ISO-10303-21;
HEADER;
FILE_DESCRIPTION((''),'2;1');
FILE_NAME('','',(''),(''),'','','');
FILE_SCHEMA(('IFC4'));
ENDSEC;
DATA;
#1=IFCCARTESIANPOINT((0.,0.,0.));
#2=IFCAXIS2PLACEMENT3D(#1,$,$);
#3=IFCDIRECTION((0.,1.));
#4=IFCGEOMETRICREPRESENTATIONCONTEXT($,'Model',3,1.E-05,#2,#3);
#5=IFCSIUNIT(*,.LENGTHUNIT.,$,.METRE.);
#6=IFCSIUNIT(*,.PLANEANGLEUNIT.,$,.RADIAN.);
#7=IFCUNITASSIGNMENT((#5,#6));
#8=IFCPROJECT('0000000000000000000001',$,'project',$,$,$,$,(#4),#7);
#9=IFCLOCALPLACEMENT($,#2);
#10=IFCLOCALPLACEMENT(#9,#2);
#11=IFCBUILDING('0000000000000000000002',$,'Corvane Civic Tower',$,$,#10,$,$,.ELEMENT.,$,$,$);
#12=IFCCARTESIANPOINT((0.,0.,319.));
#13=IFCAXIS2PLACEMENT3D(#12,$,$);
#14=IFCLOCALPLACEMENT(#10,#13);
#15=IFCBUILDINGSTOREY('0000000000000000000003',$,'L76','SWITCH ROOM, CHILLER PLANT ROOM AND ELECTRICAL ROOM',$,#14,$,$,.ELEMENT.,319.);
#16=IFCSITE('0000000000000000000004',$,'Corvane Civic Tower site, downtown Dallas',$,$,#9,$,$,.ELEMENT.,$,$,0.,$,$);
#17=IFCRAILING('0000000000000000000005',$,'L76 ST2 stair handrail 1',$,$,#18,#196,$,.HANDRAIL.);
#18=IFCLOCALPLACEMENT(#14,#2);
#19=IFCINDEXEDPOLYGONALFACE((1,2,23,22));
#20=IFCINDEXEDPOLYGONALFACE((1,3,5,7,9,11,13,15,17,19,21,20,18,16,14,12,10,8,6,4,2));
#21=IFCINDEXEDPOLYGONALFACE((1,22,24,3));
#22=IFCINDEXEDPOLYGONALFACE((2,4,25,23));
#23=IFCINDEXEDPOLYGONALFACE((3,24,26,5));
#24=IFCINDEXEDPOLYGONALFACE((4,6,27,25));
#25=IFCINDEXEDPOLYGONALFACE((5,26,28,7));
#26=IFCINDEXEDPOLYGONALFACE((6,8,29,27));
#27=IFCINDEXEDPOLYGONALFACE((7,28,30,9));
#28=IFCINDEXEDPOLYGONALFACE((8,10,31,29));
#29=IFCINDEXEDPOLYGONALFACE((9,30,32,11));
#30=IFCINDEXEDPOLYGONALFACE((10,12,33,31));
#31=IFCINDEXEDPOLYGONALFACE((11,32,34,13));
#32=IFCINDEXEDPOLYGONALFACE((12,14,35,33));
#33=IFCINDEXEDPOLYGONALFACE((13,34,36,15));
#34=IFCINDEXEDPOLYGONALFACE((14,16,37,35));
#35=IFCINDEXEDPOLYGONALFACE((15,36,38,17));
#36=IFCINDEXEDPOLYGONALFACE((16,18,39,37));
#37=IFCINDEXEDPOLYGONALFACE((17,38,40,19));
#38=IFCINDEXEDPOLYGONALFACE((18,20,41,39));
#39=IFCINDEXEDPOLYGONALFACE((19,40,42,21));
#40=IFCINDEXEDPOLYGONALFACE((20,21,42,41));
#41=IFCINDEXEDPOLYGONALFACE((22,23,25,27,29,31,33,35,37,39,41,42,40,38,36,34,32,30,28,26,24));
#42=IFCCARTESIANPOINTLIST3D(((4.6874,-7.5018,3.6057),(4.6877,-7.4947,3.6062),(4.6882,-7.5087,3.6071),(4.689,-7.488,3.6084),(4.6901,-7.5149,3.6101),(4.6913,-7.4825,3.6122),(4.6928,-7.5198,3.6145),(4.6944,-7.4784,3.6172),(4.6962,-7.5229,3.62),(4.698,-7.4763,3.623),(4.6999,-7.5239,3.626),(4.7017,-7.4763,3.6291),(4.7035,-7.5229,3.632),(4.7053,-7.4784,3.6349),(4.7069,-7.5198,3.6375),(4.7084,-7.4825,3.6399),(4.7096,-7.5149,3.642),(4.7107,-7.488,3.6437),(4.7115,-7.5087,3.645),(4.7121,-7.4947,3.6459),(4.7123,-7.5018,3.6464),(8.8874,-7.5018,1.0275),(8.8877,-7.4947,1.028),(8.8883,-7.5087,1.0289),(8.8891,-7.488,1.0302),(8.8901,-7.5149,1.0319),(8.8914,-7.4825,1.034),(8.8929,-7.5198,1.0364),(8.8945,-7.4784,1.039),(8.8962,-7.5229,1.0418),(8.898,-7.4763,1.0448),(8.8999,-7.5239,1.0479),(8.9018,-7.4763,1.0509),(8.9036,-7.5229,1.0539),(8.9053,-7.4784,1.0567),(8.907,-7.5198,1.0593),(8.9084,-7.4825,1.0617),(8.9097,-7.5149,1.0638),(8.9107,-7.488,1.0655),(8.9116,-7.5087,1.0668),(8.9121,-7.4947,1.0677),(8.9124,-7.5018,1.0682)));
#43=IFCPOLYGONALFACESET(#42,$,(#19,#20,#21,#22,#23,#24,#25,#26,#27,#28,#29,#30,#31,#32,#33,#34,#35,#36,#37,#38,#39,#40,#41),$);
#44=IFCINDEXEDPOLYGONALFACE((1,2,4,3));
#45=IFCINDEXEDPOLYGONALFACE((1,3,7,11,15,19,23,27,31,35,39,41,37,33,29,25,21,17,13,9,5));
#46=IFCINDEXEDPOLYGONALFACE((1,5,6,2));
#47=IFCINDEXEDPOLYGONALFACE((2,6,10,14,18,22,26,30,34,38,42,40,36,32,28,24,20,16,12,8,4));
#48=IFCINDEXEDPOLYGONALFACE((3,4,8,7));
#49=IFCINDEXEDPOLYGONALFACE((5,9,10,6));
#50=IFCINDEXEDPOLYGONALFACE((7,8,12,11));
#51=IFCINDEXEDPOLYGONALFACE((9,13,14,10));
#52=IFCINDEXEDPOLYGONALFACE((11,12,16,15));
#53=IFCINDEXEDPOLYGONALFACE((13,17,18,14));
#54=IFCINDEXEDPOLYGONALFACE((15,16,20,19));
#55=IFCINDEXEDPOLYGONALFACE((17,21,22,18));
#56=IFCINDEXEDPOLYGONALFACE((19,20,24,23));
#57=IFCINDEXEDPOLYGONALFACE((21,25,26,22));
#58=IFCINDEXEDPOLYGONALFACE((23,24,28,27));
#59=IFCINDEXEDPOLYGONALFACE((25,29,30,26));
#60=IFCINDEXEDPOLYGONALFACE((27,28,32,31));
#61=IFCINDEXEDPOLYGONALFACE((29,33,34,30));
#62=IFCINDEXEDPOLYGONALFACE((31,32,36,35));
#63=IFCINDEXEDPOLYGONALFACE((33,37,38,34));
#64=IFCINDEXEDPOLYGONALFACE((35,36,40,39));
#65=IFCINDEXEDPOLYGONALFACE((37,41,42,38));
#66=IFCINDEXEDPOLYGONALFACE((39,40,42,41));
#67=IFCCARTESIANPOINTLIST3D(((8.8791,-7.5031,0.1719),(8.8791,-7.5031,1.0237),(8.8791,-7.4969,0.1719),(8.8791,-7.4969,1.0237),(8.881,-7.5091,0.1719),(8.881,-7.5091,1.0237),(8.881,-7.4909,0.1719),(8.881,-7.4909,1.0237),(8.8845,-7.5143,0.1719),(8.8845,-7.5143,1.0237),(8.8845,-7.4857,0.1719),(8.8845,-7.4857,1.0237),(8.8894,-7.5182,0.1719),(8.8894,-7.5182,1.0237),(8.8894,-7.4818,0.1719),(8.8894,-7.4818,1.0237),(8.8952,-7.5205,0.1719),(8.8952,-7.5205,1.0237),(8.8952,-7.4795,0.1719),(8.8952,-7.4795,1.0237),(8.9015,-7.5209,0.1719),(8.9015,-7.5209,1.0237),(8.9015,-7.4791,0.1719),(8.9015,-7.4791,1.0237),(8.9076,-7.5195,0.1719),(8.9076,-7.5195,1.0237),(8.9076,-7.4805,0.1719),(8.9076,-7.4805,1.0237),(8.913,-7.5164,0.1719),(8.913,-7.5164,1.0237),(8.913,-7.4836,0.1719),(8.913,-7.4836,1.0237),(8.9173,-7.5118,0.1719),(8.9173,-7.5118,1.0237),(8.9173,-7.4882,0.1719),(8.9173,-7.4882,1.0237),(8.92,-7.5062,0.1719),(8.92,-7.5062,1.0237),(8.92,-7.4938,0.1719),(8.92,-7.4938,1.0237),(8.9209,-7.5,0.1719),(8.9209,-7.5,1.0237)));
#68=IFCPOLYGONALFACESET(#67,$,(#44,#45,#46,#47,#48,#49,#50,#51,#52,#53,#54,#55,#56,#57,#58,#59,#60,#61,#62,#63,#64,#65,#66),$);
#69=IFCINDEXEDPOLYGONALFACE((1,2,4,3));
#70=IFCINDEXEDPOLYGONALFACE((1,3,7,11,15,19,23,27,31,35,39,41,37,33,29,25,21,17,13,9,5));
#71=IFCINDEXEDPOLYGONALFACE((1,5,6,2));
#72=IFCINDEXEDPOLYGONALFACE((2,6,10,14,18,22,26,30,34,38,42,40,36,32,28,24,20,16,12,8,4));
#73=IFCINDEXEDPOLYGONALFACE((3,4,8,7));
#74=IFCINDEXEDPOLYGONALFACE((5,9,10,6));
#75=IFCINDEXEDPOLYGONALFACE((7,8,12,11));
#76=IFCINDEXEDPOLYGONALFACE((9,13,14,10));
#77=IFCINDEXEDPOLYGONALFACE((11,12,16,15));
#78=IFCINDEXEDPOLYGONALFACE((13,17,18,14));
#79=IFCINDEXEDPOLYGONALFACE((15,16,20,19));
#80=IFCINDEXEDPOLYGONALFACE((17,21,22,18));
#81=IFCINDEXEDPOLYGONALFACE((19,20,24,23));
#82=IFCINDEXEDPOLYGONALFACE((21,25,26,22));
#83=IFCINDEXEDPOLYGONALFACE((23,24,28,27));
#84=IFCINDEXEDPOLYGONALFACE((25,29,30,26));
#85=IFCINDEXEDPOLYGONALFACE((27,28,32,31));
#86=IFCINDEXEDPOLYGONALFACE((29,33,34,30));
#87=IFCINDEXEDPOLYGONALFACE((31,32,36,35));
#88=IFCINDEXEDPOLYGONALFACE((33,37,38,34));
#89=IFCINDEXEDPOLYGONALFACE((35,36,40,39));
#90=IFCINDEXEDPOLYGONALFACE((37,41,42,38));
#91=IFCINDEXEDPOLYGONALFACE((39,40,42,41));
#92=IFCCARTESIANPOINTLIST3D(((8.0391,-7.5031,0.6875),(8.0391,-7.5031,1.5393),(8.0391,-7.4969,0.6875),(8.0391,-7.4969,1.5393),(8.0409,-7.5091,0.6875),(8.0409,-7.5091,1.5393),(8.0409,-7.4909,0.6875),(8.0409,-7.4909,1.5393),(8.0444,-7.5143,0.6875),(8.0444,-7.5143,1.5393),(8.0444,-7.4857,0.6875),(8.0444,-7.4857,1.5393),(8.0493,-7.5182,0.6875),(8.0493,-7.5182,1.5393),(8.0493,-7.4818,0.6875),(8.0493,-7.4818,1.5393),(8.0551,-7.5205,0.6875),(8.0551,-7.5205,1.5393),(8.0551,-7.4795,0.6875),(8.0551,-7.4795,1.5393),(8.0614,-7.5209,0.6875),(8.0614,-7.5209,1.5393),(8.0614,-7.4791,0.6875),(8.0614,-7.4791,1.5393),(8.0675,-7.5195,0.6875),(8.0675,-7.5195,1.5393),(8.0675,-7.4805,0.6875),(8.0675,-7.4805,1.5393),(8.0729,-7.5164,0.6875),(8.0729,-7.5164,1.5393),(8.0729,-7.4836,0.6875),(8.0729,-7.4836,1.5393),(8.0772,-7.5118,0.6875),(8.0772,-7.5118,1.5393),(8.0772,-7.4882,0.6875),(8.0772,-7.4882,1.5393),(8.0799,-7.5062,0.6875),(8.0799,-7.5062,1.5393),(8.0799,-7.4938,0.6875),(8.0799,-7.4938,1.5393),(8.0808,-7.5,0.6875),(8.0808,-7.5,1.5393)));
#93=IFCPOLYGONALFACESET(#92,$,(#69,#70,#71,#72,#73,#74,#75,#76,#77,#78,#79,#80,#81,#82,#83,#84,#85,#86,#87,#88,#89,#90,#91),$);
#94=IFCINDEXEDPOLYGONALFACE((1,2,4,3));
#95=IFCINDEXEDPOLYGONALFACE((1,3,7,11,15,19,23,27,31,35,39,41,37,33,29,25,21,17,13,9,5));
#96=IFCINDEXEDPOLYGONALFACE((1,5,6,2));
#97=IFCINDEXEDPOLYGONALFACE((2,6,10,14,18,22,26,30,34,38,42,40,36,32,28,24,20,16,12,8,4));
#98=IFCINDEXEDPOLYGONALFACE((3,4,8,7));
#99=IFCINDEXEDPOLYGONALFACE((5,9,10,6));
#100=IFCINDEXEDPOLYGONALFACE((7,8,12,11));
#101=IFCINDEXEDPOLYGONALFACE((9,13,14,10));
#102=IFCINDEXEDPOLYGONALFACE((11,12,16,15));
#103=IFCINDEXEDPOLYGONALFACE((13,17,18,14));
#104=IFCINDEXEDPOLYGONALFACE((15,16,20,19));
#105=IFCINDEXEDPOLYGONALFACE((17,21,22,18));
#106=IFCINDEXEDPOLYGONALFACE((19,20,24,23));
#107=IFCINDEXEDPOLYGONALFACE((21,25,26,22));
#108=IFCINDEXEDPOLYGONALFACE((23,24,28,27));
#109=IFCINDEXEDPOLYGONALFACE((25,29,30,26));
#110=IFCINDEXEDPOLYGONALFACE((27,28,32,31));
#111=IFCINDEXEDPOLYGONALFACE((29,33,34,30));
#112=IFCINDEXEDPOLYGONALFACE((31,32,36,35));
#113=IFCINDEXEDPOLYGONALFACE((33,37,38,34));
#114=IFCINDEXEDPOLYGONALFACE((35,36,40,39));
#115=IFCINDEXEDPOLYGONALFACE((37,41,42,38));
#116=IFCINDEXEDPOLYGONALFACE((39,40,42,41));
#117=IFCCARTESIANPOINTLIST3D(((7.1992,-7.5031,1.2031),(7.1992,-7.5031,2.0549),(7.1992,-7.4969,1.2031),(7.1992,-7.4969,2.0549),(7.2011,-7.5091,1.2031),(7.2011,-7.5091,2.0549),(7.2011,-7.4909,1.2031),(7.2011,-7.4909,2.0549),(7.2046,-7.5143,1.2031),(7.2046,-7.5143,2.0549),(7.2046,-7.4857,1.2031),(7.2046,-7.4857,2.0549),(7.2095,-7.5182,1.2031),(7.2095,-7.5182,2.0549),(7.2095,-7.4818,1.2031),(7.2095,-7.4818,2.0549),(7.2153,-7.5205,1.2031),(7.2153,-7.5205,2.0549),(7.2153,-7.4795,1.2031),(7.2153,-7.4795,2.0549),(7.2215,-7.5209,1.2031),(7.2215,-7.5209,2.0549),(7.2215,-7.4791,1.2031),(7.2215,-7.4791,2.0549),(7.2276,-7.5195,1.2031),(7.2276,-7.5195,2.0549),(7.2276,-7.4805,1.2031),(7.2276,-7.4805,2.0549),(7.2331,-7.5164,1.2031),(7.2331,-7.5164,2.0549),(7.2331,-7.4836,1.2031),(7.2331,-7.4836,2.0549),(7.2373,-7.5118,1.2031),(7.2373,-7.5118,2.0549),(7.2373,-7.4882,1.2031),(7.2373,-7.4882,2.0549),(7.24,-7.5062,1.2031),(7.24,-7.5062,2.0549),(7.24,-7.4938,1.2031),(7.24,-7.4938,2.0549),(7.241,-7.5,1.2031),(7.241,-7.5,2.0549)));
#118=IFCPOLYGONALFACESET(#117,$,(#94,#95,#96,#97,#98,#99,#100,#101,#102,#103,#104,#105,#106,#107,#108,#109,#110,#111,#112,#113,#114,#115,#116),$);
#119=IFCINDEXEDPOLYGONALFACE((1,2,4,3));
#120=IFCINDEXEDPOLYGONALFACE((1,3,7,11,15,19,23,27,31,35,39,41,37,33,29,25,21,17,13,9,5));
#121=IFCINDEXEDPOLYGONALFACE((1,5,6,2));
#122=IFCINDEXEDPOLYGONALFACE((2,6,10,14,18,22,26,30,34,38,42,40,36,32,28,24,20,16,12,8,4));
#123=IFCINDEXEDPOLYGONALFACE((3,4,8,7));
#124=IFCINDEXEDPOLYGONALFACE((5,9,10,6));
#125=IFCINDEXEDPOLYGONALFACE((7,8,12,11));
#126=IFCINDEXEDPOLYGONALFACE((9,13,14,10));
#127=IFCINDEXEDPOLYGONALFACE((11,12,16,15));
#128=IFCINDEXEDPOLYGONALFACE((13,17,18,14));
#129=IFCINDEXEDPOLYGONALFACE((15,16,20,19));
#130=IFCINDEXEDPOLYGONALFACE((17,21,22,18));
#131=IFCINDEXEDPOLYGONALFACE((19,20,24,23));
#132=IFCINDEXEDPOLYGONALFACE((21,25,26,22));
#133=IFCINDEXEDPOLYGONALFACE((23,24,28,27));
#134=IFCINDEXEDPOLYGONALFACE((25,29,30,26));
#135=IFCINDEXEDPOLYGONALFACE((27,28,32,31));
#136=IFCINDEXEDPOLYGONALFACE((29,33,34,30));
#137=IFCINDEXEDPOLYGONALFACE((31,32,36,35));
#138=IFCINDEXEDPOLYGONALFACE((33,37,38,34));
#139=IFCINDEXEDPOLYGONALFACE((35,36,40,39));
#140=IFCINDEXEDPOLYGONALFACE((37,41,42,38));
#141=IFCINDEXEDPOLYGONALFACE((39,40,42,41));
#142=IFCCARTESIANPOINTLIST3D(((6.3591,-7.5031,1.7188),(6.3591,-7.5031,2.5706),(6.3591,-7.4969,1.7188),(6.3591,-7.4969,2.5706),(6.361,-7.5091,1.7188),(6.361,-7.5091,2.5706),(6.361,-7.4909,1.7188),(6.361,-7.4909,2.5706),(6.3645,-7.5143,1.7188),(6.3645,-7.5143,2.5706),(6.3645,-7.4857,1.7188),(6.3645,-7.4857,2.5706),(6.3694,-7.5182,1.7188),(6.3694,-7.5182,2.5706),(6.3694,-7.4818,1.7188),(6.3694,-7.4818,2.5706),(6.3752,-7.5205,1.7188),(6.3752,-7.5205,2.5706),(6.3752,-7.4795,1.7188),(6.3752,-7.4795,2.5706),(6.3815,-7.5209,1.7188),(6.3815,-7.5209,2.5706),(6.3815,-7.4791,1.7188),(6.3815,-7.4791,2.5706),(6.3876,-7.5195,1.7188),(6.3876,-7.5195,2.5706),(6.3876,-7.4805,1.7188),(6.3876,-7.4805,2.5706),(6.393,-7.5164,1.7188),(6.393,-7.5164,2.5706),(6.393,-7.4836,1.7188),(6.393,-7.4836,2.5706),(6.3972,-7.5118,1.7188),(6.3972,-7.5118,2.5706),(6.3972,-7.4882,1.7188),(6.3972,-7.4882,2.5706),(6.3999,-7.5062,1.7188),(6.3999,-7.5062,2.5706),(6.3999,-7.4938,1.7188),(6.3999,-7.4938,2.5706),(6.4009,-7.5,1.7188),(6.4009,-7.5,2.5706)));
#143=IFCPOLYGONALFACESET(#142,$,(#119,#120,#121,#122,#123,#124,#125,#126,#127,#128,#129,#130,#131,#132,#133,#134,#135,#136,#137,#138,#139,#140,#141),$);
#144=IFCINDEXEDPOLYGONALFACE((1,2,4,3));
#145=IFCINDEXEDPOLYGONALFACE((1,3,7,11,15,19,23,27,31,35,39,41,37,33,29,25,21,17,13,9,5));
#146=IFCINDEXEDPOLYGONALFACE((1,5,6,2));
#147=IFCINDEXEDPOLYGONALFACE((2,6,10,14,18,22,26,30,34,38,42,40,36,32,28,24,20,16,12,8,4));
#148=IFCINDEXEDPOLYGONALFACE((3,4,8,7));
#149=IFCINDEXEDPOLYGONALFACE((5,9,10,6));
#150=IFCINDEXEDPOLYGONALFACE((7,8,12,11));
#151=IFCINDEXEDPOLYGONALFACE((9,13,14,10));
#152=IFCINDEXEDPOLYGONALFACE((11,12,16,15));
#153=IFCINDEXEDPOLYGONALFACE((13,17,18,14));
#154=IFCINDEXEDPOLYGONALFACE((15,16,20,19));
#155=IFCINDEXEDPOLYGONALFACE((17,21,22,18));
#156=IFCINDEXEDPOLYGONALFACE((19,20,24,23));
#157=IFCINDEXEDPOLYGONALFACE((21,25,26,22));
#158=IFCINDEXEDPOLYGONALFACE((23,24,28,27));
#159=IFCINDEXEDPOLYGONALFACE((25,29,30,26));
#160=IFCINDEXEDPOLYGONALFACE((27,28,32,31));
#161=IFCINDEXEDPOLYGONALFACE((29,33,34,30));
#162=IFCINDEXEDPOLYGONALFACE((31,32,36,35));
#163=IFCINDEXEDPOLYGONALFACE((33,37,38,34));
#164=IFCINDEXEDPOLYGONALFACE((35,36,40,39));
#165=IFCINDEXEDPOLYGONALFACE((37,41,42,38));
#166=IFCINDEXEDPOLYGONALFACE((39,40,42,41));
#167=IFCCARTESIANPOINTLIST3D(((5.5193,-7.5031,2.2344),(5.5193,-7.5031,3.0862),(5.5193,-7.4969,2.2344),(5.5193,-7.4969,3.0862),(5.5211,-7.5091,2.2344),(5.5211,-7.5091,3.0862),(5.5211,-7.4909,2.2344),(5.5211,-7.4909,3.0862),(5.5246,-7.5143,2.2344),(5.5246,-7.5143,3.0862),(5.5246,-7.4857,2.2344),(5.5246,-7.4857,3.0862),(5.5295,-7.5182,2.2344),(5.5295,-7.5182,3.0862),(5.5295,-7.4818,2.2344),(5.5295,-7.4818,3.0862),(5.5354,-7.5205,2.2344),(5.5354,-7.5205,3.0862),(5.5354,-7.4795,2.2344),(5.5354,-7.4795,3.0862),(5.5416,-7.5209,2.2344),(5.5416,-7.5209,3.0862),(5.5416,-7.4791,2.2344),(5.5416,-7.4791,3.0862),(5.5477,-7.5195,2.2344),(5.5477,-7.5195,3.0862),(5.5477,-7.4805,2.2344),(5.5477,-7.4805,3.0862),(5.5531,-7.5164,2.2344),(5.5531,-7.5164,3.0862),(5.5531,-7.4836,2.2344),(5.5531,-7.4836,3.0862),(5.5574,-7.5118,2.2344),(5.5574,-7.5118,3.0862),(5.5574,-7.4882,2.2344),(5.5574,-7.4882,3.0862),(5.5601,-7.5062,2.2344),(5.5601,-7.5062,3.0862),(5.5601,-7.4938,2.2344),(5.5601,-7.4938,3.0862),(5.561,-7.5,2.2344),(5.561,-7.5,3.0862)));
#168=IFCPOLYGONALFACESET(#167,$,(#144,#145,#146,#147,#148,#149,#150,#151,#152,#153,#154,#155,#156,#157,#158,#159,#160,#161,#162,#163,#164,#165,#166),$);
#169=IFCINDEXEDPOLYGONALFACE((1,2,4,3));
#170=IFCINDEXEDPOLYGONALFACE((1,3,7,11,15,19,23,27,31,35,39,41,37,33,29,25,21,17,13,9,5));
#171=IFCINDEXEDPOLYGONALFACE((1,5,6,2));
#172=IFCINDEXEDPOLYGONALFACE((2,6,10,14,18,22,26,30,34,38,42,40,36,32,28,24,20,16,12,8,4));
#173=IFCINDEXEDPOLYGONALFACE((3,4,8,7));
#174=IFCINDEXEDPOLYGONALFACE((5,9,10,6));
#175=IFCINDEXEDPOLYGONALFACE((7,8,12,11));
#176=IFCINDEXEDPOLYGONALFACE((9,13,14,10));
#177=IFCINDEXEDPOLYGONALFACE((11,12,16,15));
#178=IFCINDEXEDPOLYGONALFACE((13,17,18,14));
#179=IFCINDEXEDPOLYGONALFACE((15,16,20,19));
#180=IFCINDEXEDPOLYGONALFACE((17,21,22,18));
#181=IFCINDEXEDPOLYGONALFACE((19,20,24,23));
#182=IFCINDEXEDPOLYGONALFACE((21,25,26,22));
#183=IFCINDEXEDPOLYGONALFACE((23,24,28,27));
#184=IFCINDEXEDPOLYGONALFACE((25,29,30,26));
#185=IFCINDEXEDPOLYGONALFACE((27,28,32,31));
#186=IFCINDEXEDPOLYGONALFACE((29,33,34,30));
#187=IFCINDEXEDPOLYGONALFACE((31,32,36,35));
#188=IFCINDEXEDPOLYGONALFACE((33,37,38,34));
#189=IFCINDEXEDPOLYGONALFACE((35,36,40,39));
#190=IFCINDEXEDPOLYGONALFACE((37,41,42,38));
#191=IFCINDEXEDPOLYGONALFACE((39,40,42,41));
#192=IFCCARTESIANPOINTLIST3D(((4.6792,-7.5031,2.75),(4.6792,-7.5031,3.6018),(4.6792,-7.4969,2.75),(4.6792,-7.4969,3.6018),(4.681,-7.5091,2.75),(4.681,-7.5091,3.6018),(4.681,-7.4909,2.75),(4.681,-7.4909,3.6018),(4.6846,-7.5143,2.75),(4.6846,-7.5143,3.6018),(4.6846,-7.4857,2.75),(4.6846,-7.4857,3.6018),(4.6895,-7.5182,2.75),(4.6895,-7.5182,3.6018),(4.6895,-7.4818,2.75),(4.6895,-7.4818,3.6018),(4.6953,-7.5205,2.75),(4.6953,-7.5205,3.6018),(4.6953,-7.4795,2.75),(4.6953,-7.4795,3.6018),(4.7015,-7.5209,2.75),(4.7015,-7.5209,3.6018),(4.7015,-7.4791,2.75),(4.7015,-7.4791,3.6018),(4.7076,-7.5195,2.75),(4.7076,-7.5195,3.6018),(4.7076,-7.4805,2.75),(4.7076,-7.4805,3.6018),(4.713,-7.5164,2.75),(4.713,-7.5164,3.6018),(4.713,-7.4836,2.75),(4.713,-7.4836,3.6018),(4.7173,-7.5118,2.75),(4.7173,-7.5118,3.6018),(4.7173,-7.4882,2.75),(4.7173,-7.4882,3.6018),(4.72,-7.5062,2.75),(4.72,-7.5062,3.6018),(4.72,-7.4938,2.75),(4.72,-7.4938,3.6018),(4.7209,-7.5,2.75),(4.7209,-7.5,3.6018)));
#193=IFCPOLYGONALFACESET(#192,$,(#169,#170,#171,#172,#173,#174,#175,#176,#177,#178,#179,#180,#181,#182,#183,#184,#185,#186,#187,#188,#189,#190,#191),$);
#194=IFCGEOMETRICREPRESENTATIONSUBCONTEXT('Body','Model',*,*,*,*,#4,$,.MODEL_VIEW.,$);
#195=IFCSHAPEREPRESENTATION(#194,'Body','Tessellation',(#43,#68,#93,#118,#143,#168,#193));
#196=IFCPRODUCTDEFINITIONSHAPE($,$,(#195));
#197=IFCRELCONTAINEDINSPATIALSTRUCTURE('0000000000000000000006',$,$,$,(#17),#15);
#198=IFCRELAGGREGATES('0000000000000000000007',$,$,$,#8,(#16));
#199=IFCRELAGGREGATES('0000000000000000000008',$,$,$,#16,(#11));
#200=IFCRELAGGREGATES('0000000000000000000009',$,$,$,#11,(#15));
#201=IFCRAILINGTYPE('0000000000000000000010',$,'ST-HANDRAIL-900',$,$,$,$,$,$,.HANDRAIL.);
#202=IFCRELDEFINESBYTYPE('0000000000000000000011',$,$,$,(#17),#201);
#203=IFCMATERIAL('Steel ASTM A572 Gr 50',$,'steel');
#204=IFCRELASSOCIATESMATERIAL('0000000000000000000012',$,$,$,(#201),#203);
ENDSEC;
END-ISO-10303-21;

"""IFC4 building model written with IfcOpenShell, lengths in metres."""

from ifc_helpers import new_model, si_unit, direction, frame, origin, origin_2d, place, context, subcontext, project, spatial, circle, extrude, material, type_object, element, save


model = new_model("IFC4")

# Units and contexts
model_context = context("Model", 3, precision=1e-05, world=origin(), true_north=direction((0.0, 1.0)))
body_context = subcontext(model_context, "Body", "Model", "MODEL_VIEW")
ifc_project = project(units=[si_unit("LENGTHUNIT", "METRE"), si_unit("PLANEANGLEUNIT", "RADIAN")], contexts=[model_context])

# Site, building, storey
site_placement = place(None, origin())
site = spatial("IfcSite", under=ifc_project, at=site_placement, Name="Corvane Civic Tower site, downtown Dallas", CompositionType="ELEMENT", RefElevation=0.0)
building_placement = place(site_placement, origin())
building = spatial("IfcBuilding", under=site, at=building_placement, Name="Corvane Civic Tower", CompositionType="ELEMENT")
storey_placement = place(building_placement, frame((0.0, 0.0, 319.0)))
storey = spatial("IfcBuildingStorey", under=building, at=storey_placement, Name="L76", Description="SWITCH ROOM, CHILLER PLANT ROOM AND ELECTRICAL ROOM", CompositionType="ELEMENT", Elevation=319.0)

# Railing
ifc_material_1 = material(Name="Steel ASTM A572 Gr 50", Category="steel")
railing_type = type_object("IfcRailingType", Name="ST-HANDRAIL-900", PredefinedType="HANDRAIL", material=ifc_material_1)
railing_placement = place(storey_placement, frame((8.8999, -7.5, 0.1719)))
element("IfcRailing", 1, at=railing_placement, inside=storey, type_object=railing_type, Name="L76 ST2 stair handrail 1", PredefinedType="HANDRAIL", context=body_context, shape_type="SweptSolid", body=[
    extrude(circle(Radius=0.0239, at=origin_2d()), frame((0.0, 0.0, 0.876), z_axis=(-0.852243, 0.0, 0.523146), x_axis=(0.0, -1.0, 0.0)), (0.0, 0.0, 1.0), 4.9282),
    extrude(circle(Radius=0.021, at=origin_2d()), origin(), (0.0, 0.0, 1.0), 0.8518),
    extrude(circle(Radius=0.021, at=origin_2d()), frame((-0.8401, 0.0, 0.5156)), (0.0, 0.0, 1.0), 0.8518),
    extrude(circle(Radius=0.021, at=origin_2d()), frame((-1.6799, 0.0, 1.0312)), (0.0, 0.0, 1.0), 0.8518),
    extrude(circle(Radius=0.021, at=origin_2d()), frame((-2.52, 0.0, 1.5469)), (0.0, 0.0, 1.0), 0.8518),
    extrude(circle(Radius=0.021, at=origin_2d()), frame((-3.3599, 0.0, 2.0625)), (0.0, 0.0, 1.0), 0.8518),
    extrude(circle(Radius=0.021, at=origin_2d()), frame((-4.2, 0.0, 2.5781)), (0.0, 0.0, 1.0), 0.8518),
])

save(model, "model.ifc")
